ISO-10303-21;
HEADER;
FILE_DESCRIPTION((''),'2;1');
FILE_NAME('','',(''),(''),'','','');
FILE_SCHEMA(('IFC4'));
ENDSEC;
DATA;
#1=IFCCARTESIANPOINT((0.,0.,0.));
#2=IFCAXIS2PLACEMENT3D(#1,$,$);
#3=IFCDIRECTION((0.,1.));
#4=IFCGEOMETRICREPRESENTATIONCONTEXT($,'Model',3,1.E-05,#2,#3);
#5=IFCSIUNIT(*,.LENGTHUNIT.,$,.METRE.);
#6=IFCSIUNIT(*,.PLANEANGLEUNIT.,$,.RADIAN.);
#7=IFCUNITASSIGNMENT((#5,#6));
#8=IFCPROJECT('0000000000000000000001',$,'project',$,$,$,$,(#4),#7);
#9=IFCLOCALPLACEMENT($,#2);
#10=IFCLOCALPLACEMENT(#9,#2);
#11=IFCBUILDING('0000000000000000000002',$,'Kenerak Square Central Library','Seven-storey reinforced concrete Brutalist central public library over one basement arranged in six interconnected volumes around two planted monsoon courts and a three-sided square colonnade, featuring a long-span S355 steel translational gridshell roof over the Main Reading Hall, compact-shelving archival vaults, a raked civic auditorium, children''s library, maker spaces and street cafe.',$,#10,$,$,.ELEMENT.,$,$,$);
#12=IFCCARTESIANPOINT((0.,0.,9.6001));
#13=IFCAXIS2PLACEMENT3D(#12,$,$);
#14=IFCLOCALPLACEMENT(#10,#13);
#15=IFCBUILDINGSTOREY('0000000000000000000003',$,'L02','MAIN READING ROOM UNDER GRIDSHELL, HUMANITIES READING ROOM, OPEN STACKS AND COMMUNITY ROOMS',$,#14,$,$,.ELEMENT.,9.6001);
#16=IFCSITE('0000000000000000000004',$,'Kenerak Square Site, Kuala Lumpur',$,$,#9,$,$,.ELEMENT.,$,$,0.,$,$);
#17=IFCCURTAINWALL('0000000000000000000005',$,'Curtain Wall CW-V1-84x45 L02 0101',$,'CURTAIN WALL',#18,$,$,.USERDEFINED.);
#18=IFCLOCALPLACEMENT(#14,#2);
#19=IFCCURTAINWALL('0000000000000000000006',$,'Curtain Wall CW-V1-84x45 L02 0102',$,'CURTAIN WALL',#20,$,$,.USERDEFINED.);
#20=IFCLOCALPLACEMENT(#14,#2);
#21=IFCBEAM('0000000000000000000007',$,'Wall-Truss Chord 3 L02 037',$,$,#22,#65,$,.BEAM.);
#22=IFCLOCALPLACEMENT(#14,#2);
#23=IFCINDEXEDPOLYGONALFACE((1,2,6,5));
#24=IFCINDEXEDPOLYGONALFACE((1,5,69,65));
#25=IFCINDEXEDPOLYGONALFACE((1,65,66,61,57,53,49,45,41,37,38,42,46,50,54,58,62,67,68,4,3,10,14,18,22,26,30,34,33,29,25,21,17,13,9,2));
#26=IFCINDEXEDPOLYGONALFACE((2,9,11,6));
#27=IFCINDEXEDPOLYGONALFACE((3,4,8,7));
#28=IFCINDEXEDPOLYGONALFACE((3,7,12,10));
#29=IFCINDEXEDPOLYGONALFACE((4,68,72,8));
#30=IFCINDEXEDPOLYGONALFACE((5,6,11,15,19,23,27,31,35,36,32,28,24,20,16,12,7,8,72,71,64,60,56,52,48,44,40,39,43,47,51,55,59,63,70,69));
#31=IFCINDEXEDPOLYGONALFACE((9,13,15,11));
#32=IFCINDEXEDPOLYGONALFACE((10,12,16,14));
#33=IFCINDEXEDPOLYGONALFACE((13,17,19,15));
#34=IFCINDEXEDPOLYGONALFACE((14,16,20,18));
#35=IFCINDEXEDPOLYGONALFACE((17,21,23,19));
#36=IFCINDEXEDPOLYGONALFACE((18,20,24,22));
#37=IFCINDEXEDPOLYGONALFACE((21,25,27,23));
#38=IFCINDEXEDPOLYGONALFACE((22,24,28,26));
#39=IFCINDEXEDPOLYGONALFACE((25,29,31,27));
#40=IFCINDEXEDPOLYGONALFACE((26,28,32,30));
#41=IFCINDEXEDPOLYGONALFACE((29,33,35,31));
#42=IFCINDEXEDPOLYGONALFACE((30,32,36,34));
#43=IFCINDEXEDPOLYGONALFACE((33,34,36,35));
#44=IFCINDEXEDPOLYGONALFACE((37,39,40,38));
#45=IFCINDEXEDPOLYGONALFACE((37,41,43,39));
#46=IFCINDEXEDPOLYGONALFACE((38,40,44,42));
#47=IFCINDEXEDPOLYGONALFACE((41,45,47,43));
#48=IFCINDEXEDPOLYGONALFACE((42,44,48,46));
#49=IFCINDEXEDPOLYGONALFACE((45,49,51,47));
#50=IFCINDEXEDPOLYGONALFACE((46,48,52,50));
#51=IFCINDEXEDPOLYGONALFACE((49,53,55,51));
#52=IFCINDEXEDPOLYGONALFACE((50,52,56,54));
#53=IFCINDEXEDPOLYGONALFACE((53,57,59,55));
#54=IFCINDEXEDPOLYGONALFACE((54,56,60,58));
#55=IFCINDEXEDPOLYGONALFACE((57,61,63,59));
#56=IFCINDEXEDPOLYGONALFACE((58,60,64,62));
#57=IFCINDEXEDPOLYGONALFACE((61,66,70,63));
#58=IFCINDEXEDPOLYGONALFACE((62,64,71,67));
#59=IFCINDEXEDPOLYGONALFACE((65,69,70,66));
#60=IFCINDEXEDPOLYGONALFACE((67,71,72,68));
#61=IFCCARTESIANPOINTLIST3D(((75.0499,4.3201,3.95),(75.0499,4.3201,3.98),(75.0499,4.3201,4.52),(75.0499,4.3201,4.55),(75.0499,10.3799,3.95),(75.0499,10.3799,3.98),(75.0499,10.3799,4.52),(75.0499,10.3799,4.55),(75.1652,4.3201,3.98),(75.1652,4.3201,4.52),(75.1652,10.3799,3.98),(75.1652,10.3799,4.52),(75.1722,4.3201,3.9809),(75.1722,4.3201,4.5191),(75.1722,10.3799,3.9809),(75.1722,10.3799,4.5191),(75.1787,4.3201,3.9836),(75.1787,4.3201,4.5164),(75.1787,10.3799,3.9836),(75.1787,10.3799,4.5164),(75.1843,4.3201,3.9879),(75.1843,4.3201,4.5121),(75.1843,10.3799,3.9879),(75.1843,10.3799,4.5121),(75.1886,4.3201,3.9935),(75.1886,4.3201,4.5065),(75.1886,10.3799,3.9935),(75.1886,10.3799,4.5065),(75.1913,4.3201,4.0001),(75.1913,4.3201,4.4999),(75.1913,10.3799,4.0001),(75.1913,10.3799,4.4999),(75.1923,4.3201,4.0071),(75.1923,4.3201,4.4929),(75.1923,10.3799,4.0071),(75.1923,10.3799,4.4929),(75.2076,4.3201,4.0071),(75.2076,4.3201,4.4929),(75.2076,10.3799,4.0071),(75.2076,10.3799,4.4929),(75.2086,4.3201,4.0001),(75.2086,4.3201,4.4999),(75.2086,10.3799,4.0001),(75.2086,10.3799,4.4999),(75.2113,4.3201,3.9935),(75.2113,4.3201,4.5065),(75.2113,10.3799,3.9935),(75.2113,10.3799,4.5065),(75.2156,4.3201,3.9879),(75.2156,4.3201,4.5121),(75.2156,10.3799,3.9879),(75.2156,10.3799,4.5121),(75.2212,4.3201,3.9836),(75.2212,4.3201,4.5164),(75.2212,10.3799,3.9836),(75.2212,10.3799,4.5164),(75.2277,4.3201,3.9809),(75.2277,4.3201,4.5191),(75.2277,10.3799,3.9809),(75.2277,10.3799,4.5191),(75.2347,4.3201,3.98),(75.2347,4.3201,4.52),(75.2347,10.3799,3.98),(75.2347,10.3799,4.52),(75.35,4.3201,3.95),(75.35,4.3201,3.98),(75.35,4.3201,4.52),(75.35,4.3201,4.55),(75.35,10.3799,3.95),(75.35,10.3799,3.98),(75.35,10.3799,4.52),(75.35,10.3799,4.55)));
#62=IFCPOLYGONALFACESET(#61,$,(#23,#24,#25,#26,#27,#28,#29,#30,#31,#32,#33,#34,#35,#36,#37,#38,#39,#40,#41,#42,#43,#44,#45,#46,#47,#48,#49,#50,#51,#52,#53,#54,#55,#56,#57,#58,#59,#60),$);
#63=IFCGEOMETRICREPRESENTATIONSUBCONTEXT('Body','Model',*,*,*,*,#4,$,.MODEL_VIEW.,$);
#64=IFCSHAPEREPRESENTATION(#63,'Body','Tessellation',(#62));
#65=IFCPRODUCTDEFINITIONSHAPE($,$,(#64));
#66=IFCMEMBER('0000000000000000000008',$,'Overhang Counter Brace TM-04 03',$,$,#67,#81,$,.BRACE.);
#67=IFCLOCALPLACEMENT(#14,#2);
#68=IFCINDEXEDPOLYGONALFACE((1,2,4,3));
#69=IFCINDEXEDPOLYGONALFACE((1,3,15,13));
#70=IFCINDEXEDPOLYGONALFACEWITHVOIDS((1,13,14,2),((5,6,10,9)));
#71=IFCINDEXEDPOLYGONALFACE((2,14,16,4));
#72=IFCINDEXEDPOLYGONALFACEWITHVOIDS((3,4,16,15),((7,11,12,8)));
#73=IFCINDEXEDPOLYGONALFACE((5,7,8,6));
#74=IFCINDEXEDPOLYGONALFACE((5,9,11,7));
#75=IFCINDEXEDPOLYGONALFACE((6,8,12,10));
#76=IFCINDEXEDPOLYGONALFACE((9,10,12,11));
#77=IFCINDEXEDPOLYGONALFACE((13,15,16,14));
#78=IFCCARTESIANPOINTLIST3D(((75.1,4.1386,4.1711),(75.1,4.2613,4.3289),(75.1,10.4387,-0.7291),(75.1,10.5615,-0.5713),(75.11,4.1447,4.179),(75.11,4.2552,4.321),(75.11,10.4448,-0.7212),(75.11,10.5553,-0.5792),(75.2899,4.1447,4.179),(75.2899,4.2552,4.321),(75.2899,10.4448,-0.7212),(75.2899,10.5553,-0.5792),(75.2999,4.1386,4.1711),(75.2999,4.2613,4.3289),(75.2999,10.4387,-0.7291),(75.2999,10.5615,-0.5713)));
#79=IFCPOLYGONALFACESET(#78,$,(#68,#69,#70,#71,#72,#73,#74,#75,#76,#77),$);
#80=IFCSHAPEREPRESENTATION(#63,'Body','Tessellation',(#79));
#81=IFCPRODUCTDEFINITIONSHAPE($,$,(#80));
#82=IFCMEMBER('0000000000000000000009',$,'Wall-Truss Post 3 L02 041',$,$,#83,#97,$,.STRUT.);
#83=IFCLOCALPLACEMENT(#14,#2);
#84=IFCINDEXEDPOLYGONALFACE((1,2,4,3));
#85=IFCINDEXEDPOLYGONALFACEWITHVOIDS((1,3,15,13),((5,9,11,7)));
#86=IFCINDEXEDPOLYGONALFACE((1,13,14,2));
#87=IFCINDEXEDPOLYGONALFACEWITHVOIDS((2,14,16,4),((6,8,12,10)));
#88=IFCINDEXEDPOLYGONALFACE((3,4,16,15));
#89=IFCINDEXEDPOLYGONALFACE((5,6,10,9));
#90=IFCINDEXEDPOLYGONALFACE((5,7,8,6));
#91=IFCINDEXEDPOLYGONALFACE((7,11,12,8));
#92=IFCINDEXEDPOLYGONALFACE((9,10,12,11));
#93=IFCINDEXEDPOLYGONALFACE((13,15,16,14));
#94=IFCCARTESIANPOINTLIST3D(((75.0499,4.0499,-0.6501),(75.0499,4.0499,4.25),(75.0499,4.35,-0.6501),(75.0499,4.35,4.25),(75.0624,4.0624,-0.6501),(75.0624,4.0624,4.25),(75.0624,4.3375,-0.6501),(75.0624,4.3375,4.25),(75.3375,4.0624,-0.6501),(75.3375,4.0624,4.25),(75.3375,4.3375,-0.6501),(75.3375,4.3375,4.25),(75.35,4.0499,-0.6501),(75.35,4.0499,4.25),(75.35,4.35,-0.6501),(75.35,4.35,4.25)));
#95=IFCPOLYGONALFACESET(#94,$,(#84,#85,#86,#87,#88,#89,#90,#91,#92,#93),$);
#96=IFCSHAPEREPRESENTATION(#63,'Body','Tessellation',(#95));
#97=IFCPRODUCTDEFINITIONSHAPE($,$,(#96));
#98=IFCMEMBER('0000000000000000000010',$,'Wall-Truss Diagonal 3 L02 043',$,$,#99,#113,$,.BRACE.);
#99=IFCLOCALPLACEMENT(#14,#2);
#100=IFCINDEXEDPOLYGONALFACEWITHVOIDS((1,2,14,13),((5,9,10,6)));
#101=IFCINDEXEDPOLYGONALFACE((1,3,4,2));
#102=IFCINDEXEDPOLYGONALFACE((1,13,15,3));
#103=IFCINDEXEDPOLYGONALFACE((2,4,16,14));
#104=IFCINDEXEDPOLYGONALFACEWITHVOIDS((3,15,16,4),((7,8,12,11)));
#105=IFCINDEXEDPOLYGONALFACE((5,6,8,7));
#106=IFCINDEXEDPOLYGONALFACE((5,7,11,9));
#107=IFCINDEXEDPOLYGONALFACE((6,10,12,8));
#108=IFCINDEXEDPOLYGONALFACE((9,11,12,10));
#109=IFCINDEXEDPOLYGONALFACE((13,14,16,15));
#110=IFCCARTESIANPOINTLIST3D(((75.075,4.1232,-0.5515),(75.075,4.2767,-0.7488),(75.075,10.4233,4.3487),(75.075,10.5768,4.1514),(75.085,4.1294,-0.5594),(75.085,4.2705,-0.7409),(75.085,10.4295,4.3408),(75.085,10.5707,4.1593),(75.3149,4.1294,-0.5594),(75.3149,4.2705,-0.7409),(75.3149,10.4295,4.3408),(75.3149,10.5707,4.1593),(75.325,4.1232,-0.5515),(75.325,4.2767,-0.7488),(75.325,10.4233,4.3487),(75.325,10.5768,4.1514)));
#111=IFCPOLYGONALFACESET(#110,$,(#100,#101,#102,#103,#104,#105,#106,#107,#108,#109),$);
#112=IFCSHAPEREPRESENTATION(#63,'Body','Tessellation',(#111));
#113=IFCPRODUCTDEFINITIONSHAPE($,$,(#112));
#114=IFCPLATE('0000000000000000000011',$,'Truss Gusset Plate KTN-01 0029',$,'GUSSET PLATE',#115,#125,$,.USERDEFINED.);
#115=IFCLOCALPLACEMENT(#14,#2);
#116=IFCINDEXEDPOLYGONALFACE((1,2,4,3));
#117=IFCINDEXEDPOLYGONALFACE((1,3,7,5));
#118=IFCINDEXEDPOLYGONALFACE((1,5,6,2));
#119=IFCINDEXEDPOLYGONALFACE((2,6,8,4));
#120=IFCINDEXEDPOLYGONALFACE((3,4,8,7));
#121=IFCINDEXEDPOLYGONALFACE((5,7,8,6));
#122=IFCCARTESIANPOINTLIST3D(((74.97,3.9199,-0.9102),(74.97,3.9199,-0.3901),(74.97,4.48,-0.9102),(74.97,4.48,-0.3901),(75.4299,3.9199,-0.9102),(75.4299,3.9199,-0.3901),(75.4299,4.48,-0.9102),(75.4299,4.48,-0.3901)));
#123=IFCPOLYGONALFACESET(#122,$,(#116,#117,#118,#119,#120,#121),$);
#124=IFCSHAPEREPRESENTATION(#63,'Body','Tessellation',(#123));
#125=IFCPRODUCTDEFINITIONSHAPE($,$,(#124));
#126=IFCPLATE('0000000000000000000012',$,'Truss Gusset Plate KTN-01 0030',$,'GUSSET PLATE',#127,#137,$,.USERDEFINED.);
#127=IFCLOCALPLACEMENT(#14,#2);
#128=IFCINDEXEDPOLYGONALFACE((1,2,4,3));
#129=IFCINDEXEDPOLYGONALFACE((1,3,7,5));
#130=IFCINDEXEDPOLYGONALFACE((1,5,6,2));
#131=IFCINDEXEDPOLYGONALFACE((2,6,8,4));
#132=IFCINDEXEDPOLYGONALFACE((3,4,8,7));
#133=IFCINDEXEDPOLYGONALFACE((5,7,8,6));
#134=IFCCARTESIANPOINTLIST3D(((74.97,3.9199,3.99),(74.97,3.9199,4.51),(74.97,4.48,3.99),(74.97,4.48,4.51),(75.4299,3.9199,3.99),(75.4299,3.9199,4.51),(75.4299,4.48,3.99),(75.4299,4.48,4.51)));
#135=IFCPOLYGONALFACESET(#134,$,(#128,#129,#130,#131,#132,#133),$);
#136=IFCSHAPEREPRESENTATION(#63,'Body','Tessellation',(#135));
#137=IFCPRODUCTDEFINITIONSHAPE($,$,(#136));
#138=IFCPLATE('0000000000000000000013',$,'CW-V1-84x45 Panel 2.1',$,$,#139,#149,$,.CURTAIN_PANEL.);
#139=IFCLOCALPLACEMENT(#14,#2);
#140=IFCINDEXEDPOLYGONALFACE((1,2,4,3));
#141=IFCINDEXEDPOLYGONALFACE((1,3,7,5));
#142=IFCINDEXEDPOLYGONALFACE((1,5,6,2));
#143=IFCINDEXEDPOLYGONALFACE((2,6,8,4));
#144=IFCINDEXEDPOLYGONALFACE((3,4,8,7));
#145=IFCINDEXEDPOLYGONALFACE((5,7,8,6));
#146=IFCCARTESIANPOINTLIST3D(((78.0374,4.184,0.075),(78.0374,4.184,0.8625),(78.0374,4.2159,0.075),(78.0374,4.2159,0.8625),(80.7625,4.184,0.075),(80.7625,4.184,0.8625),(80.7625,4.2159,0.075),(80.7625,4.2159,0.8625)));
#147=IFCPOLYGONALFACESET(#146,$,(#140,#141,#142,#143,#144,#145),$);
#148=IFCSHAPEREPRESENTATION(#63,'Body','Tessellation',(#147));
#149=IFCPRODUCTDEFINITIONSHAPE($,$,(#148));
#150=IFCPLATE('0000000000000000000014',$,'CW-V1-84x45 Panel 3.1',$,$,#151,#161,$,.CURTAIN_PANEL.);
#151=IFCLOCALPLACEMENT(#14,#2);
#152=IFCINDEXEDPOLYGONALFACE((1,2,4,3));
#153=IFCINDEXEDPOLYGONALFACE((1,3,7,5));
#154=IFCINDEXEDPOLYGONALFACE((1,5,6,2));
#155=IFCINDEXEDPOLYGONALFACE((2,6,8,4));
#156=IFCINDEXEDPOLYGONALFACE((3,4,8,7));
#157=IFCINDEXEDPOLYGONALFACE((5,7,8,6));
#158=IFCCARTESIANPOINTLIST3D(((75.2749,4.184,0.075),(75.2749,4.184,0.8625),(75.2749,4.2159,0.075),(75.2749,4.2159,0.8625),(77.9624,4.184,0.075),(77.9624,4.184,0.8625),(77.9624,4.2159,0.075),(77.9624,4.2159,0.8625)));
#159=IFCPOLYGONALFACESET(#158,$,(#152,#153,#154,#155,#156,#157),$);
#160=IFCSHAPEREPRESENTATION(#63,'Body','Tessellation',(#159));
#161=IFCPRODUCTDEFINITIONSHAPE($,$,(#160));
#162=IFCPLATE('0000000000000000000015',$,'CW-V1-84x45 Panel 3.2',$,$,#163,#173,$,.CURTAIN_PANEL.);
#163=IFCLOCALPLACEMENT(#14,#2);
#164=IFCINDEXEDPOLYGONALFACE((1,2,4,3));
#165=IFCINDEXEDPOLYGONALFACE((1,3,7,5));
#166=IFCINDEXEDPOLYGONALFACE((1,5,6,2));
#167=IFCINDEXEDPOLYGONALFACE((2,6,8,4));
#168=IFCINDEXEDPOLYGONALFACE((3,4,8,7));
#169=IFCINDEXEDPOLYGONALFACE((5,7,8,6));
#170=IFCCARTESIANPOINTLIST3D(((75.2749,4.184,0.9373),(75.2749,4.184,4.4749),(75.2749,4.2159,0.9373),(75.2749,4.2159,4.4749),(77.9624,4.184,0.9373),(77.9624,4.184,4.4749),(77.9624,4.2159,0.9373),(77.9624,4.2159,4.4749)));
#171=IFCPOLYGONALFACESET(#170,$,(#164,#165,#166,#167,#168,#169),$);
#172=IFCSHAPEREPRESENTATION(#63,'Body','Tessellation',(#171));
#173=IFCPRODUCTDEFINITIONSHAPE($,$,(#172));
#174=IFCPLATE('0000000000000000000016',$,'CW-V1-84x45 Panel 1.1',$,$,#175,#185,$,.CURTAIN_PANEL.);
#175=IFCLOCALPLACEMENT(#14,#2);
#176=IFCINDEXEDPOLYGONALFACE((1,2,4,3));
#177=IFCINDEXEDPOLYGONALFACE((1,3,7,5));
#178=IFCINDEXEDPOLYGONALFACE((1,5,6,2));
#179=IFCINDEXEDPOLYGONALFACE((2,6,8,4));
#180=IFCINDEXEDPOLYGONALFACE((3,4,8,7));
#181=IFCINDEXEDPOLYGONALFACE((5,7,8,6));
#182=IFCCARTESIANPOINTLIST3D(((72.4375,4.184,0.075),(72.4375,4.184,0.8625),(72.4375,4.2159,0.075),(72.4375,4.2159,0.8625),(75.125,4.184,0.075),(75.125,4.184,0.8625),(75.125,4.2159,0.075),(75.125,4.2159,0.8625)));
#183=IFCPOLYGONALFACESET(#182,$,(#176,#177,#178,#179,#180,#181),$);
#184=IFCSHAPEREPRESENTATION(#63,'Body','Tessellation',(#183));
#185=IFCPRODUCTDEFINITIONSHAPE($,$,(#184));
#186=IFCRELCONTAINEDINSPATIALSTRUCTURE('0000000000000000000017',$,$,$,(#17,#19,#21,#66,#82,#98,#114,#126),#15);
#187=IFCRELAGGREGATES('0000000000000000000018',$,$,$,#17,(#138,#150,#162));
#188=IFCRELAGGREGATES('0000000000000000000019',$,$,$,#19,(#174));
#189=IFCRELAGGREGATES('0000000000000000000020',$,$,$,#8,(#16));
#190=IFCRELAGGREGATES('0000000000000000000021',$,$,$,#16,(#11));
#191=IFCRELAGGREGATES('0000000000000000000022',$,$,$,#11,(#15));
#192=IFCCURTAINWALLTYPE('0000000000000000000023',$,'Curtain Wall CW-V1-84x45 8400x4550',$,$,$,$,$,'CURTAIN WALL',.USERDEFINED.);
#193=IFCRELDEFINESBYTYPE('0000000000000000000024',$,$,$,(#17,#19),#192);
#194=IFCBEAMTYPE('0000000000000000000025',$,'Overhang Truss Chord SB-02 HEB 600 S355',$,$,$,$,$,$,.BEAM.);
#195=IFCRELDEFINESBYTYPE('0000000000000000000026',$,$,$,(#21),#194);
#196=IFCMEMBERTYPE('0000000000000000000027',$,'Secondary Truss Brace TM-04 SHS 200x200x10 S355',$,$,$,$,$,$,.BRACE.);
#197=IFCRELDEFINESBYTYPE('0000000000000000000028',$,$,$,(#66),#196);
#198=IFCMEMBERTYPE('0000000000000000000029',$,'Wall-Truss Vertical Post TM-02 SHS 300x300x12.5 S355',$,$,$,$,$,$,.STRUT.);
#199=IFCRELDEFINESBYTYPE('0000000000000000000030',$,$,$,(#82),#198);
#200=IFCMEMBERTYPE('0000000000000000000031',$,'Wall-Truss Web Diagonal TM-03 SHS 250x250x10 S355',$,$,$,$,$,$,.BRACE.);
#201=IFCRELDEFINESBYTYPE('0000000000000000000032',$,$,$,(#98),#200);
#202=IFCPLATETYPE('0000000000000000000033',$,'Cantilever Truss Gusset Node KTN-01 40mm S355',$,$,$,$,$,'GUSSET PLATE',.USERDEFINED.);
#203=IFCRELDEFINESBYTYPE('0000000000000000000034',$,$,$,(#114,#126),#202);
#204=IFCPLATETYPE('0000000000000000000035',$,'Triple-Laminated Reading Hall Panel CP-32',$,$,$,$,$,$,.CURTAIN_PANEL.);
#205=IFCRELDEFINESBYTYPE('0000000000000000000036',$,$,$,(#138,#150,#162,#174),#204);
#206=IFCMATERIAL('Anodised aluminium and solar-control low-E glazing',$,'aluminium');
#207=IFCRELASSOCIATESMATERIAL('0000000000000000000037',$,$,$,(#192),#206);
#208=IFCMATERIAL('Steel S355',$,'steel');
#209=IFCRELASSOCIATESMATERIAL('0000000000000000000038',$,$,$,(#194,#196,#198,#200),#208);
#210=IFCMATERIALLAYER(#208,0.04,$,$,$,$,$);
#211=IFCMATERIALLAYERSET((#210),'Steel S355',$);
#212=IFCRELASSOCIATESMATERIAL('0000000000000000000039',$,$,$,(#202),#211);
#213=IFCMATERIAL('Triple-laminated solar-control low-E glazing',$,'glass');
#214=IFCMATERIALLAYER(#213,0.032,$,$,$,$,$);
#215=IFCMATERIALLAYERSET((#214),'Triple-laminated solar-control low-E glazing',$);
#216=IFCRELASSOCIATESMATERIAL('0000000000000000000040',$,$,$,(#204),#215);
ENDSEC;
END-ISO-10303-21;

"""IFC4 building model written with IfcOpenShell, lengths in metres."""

from ifc_helpers import new_model, si_unit, direction, frame, origin, origin_2d, place, context, subcontext, project, spatial, rectangle, hollow_rectangle, i_section, extrude, material, layer, layer_set, material_profile, profile_set, type_object, element, aggregate, save


model = new_model("IFC4")

# Units and contexts
model_context = context("Model", 3, precision=1e-05, world=origin(), true_north=direction((0.0, 1.0)))
body_context = subcontext(model_context, "Body", "Model", "MODEL_VIEW")
ifc_project = project(units=[si_unit("LENGTHUNIT", "METRE"), si_unit("PLANEANGLEUNIT", "RADIAN")], contexts=[model_context])

# Site, building, storey
site_placement = place(None, origin())
site = spatial("IfcSite", under=ifc_project, at=site_placement, Name="Kenerak Square Site, Kuala Lumpur", CompositionType="ELEMENT", RefElevation=0.0)
building_placement = place(site_placement, origin())
building = spatial("IfcBuilding", under=site, at=building_placement, Name="Kenerak Square Central Library", Description="Seven-storey reinforced concrete Brutalist central public library over one basement arranged in six interconnected volumes around two planted monsoon courts and a three-sided square colonnade, featuring a long-span S355 steel translational gridshell roof over the Main Reading Hall, compact-shelving archival vaults, a raked civic auditorium, children's library, maker spaces and street cafe.", CompositionType="ELEMENT")
storey_placement = place(building_placement, frame((0.0, 0.0, 9.6001)))
storey = spatial("IfcBuildingStorey", under=building, at=storey_placement, Name="L02", Description="MAIN READING ROOM UNDER GRIDSHELL, HUMANITIES READING ROOM, OPEN STACKS AND COMMUNITY ROOMS", CompositionType="ELEMENT", Elevation=9.6001)

# Curtain walls
ifc_material_1 = material(Name="Anodised aluminium and solar-control low-E glazing", Category="aluminium")
curtain_wall_type = type_object("IfcCurtainWallType", Name="Curtain Wall CW-V1-84x45 8400x4550", ElementType="CURTAIN WALL", PredefinedType="USERDEFINED", material=ifc_material_1)
curtain_wall_1_placement = place(storey_placement, origin())
curtain_wall_1 = element("IfcCurtainWall", 1, at=curtain_wall_1_placement, inside=storey, type_object=curtain_wall_type, Name="Curtain Wall CW-V1-84x45 L02 0101", ObjectType="CURTAIN WALL", PredefinedType="USERDEFINED")
curtain_wall_2_placement = place(storey_placement, origin())
curtain_wall_2 = element("IfcCurtainWall", 2, at=curtain_wall_2_placement, inside=storey, type_object=curtain_wall_type, Name="Curtain Wall CW-V1-84x45 L02 0102", ObjectType="CURTAIN WALL", PredefinedType="USERDEFINED")

# Beam
ifc_material_2 = material(Name="Steel S355", Category="steel")
ifc_material_profile_1 = material_profile(ifc_material_2, i_section(OverallWidth=0.3, OverallDepth=0.6001, WebThickness=0.0154, FlangeThickness=0.03, FilletRadius=0.0271, at=origin_2d()), Name="HEB 600")
ifc_profile_set_1 = profile_set([ifc_material_profile_1], Name="Steel S355")
beam_type_1 = type_object("IfcBeamType", Name="Overhang Truss Chord SB-02 HEB 600 S355", PredefinedType="BEAM", material=ifc_profile_set_1)
beam_1_placement = place(storey_placement, frame((75.2, 4.3201, 4.25), z_axis=(0.0, 1.0, 0.0), x_axis=(-1.0, 0.0, 0.0)))
element("IfcBeam", 3, at=beam_1_placement, inside=storey, type_object=beam_type_1, Name="Wall-Truss Chord 3 L02 037", PredefinedType="BEAM", context=body_context, shape_type="SweptSolid", body=[
    extrude(i_section(OverallWidth=0.3, OverallDepth=0.6001, WebThickness=0.0154, FlangeThickness=0.03, FilletRadius=0.0271, at=origin_2d()), origin(), (0.0, 0.0, 1.0), 6.0598),
])

# Members
ifc_material_profile_2 = material_profile(ifc_material_2, hollow_rectangle(XDim=0.2, YDim=0.2, WallThickness=0.01, at=origin_2d()), Name="SHS 200x200x10.0")
ifc_profile_set_2 = profile_set([ifc_material_profile_2], Name="Steel S355")
member_type_1 = type_object("IfcMemberType", Name="Secondary Truss Brace TM-04 SHS 200x200x10 S355", PredefinedType="BRACE", material=ifc_profile_set_2)
member_1_placement = place(storey_placement, frame((75.2, 4.2, 4.25), z_axis=(0.0, 0.789346, -0.613949), x_axis=(-1.0, 0.0, 0.0)))
element("IfcMember", 4, at=member_1_placement, inside=storey, type_object=member_type_1, Name="Overhang Counter Brace TM-04 03", PredefinedType="BRACE", context=body_context, shape_type="SweptSolid", body=[
    extrude(hollow_rectangle(XDim=0.2, YDim=0.2, WallThickness=0.01, at=origin_2d()), origin(), (0.0, 0.0, 1.0), 7.9814),
])
ifc_material_profile_3 = material_profile(ifc_material_2, hollow_rectangle(XDim=0.3, YDim=0.3, WallThickness=0.0125, at=origin_2d()), Name="SHS 300x300x12.5")
ifc_profile_set_3 = profile_set([ifc_material_profile_3], Name="Steel S355")
member_type_2 = type_object("IfcMemberType", Name="Wall-Truss Vertical Post TM-02 SHS 300x300x12.5 S355", PredefinedType="STRUT", material=ifc_profile_set_3)
member_2_placement = place(storey_placement, frame((75.2, 4.2, -0.6501), z_axis=(0.0, 0.0, 1.0), x_axis=(1.0, 0.0, 0.0)))
element("IfcMember", 5, at=member_2_placement, inside=storey, type_object=member_type_2, Name="Wall-Truss Post 3 L02 041", PredefinedType="STRUT", context=body_context, shape_type="SweptSolid", body=[
    extrude(hollow_rectangle(XDim=0.3, YDim=0.3, WallThickness=0.0125, at=origin_2d()), origin(), (0.0, 0.0, 1.0), 4.9001),
])
ifc_material_profile_4 = material_profile(ifc_material_2, hollow_rectangle(XDim=0.25, YDim=0.25, WallThickness=0.01, at=origin_2d()), Name="SHS 250x250x10.0")
ifc_profile_set_4 = profile_set([ifc_material_profile_4], Name="Steel S355")
member_type_3 = type_object("IfcMemberType", Name="Wall-Truss Web Diagonal TM-03 SHS 250x250x10 S355", PredefinedType="BRACE", material=ifc_profile_set_4)
member_3_placement = place(storey_placement, frame((75.2, 4.2, -0.6501), z_axis=(0.0, 0.789346, 0.613949), x_axis=(-1.0, 0.0, 0.0)))
element("IfcMember", 6, at=member_3_placement, inside=storey, type_object=member_type_3, Name="Wall-Truss Diagonal 3 L02 043", PredefinedType="BRACE", context=body_context, shape_type="SweptSolid", body=[
    extrude(hollow_rectangle(XDim=0.25, YDim=0.25, WallThickness=0.01, at=origin_2d()), origin(), (0.0, 0.0, 1.0), 7.9814),
])

# Plates
ifc_layer_1 = layer(ifc_material_2, 0.04)
ifc_layer_set_1 = layer_set([ifc_layer_1], Name="Steel S355")
plate_type_1 = type_object("IfcPlateType", Name="Cantilever Truss Gusset Node KTN-01 40mm S355", ElementType="GUSSET PLATE", PredefinedType="USERDEFINED", material=ifc_layer_set_1)
for number, where, z_axis, x_axis, name in (
    (7, (75.2, 4.2, -0.9102), (0.0, 0.0, 1.0), (1.0, 0.0, 0.0), "Truss Gusset Plate KTN-01 0029"),
    (8, (75.2, 4.2, 3.99), (0.0, 0.0, 1.0), (1.0, 0.0, 0.0), "Truss Gusset Plate KTN-01 0030"),
):
    element("IfcPlate", number, at=place(storey_placement, frame(where, z_axis=z_axis, x_axis=x_axis)), inside=storey, type_object=plate_type_1, Name=name, ObjectType="GUSSET PLATE", PredefinedType="USERDEFINED", context=body_context, shape_type="SweptSolid", body=[
        extrude(rectangle(XDim=0.46, YDim=0.5601, at=origin_2d()), origin(), (0.0, 0.0, 1.0), 0.52),
    ])

# Plates
ifc_material_3 = material(Name="Triple-laminated solar-control low-E glazing", Category="glass")
ifc_layer_2 = layer(ifc_material_3, 0.032)
ifc_layer_set_2 = layer_set([ifc_layer_2], Name="Triple-laminated solar-control low-E glazing")
plate_type_2 = type_object("IfcPlateType", Name="Triple-Laminated Reading Hall Panel CP-32", PredefinedType="CURTAIN_PANEL", material=ifc_layer_set_2)
plate_1_placement = place(storey_placement, frame((79.3999, 4.2, 0.075), z_axis=(0.0, 0.0, 1.0), x_axis=(-1.0, 0.0, 0.0)))
plate_1 = element("IfcPlate", 9, at=plate_1_placement, type_object=plate_type_2, Name="CW-V1-84x45 Panel 2.1", PredefinedType="CURTAIN_PANEL", context=body_context, shape_type="SweptSolid", body=[
    extrude(rectangle(XDim=2.7251, YDim=0.032, at=origin_2d()), origin(), (0.0, 0.0, 1.0), 0.7876),
])
plate_2_placement = place(storey_placement, frame((76.6187, 4.2, 0.075), z_axis=(0.0, 0.0, 1.0), x_axis=(-1.0, 0.0, 0.0)))
plate_2 = element("IfcPlate", 10, at=plate_2_placement, type_object=plate_type_2, Name="CW-V1-84x45 Panel 3.1", PredefinedType="CURTAIN_PANEL", context=body_context, shape_type="SweptSolid", body=[
    extrude(rectangle(XDim=2.6875, YDim=0.032, at=origin_2d()), origin(), (0.0, 0.0, 1.0), 0.7876),
])
plate_3_placement = place(storey_placement, frame((76.6187, 4.2, 0.9373), z_axis=(0.0, 0.0, 1.0), x_axis=(-1.0, 0.0, 0.0)))
plate_3 = element("IfcPlate", 11, at=plate_3_placement, type_object=plate_type_2, Name="CW-V1-84x45 Panel 3.2", PredefinedType="CURTAIN_PANEL", context=body_context, shape_type="SweptSolid", body=[
    extrude(rectangle(XDim=2.6875, YDim=0.032, at=origin_2d()), origin(), (0.0, 0.0, 1.0), 3.5376),
])
aggregate(curtain_wall_1, [plate_1, plate_2, plate_3])
plate_4_placement = place(storey_placement, frame((73.7812, 4.2, 0.075), z_axis=(0.0, 0.0, 1.0), x_axis=(-1.0, 0.0, 0.0)))
plate_4 = element("IfcPlate", 12, at=plate_4_placement, type_object=plate_type_2, Name="CW-V1-84x45 Panel 1.1", PredefinedType="CURTAIN_PANEL", context=body_context, shape_type="SweptSolid", body=[
    extrude(rectangle(XDim=2.6875, YDim=0.032, at=origin_2d()), origin(), (0.0, 0.0, 1.0), 0.7876),
])
aggregate(curtain_wall_2, [plate_4])

save(model, "model.ifc")
